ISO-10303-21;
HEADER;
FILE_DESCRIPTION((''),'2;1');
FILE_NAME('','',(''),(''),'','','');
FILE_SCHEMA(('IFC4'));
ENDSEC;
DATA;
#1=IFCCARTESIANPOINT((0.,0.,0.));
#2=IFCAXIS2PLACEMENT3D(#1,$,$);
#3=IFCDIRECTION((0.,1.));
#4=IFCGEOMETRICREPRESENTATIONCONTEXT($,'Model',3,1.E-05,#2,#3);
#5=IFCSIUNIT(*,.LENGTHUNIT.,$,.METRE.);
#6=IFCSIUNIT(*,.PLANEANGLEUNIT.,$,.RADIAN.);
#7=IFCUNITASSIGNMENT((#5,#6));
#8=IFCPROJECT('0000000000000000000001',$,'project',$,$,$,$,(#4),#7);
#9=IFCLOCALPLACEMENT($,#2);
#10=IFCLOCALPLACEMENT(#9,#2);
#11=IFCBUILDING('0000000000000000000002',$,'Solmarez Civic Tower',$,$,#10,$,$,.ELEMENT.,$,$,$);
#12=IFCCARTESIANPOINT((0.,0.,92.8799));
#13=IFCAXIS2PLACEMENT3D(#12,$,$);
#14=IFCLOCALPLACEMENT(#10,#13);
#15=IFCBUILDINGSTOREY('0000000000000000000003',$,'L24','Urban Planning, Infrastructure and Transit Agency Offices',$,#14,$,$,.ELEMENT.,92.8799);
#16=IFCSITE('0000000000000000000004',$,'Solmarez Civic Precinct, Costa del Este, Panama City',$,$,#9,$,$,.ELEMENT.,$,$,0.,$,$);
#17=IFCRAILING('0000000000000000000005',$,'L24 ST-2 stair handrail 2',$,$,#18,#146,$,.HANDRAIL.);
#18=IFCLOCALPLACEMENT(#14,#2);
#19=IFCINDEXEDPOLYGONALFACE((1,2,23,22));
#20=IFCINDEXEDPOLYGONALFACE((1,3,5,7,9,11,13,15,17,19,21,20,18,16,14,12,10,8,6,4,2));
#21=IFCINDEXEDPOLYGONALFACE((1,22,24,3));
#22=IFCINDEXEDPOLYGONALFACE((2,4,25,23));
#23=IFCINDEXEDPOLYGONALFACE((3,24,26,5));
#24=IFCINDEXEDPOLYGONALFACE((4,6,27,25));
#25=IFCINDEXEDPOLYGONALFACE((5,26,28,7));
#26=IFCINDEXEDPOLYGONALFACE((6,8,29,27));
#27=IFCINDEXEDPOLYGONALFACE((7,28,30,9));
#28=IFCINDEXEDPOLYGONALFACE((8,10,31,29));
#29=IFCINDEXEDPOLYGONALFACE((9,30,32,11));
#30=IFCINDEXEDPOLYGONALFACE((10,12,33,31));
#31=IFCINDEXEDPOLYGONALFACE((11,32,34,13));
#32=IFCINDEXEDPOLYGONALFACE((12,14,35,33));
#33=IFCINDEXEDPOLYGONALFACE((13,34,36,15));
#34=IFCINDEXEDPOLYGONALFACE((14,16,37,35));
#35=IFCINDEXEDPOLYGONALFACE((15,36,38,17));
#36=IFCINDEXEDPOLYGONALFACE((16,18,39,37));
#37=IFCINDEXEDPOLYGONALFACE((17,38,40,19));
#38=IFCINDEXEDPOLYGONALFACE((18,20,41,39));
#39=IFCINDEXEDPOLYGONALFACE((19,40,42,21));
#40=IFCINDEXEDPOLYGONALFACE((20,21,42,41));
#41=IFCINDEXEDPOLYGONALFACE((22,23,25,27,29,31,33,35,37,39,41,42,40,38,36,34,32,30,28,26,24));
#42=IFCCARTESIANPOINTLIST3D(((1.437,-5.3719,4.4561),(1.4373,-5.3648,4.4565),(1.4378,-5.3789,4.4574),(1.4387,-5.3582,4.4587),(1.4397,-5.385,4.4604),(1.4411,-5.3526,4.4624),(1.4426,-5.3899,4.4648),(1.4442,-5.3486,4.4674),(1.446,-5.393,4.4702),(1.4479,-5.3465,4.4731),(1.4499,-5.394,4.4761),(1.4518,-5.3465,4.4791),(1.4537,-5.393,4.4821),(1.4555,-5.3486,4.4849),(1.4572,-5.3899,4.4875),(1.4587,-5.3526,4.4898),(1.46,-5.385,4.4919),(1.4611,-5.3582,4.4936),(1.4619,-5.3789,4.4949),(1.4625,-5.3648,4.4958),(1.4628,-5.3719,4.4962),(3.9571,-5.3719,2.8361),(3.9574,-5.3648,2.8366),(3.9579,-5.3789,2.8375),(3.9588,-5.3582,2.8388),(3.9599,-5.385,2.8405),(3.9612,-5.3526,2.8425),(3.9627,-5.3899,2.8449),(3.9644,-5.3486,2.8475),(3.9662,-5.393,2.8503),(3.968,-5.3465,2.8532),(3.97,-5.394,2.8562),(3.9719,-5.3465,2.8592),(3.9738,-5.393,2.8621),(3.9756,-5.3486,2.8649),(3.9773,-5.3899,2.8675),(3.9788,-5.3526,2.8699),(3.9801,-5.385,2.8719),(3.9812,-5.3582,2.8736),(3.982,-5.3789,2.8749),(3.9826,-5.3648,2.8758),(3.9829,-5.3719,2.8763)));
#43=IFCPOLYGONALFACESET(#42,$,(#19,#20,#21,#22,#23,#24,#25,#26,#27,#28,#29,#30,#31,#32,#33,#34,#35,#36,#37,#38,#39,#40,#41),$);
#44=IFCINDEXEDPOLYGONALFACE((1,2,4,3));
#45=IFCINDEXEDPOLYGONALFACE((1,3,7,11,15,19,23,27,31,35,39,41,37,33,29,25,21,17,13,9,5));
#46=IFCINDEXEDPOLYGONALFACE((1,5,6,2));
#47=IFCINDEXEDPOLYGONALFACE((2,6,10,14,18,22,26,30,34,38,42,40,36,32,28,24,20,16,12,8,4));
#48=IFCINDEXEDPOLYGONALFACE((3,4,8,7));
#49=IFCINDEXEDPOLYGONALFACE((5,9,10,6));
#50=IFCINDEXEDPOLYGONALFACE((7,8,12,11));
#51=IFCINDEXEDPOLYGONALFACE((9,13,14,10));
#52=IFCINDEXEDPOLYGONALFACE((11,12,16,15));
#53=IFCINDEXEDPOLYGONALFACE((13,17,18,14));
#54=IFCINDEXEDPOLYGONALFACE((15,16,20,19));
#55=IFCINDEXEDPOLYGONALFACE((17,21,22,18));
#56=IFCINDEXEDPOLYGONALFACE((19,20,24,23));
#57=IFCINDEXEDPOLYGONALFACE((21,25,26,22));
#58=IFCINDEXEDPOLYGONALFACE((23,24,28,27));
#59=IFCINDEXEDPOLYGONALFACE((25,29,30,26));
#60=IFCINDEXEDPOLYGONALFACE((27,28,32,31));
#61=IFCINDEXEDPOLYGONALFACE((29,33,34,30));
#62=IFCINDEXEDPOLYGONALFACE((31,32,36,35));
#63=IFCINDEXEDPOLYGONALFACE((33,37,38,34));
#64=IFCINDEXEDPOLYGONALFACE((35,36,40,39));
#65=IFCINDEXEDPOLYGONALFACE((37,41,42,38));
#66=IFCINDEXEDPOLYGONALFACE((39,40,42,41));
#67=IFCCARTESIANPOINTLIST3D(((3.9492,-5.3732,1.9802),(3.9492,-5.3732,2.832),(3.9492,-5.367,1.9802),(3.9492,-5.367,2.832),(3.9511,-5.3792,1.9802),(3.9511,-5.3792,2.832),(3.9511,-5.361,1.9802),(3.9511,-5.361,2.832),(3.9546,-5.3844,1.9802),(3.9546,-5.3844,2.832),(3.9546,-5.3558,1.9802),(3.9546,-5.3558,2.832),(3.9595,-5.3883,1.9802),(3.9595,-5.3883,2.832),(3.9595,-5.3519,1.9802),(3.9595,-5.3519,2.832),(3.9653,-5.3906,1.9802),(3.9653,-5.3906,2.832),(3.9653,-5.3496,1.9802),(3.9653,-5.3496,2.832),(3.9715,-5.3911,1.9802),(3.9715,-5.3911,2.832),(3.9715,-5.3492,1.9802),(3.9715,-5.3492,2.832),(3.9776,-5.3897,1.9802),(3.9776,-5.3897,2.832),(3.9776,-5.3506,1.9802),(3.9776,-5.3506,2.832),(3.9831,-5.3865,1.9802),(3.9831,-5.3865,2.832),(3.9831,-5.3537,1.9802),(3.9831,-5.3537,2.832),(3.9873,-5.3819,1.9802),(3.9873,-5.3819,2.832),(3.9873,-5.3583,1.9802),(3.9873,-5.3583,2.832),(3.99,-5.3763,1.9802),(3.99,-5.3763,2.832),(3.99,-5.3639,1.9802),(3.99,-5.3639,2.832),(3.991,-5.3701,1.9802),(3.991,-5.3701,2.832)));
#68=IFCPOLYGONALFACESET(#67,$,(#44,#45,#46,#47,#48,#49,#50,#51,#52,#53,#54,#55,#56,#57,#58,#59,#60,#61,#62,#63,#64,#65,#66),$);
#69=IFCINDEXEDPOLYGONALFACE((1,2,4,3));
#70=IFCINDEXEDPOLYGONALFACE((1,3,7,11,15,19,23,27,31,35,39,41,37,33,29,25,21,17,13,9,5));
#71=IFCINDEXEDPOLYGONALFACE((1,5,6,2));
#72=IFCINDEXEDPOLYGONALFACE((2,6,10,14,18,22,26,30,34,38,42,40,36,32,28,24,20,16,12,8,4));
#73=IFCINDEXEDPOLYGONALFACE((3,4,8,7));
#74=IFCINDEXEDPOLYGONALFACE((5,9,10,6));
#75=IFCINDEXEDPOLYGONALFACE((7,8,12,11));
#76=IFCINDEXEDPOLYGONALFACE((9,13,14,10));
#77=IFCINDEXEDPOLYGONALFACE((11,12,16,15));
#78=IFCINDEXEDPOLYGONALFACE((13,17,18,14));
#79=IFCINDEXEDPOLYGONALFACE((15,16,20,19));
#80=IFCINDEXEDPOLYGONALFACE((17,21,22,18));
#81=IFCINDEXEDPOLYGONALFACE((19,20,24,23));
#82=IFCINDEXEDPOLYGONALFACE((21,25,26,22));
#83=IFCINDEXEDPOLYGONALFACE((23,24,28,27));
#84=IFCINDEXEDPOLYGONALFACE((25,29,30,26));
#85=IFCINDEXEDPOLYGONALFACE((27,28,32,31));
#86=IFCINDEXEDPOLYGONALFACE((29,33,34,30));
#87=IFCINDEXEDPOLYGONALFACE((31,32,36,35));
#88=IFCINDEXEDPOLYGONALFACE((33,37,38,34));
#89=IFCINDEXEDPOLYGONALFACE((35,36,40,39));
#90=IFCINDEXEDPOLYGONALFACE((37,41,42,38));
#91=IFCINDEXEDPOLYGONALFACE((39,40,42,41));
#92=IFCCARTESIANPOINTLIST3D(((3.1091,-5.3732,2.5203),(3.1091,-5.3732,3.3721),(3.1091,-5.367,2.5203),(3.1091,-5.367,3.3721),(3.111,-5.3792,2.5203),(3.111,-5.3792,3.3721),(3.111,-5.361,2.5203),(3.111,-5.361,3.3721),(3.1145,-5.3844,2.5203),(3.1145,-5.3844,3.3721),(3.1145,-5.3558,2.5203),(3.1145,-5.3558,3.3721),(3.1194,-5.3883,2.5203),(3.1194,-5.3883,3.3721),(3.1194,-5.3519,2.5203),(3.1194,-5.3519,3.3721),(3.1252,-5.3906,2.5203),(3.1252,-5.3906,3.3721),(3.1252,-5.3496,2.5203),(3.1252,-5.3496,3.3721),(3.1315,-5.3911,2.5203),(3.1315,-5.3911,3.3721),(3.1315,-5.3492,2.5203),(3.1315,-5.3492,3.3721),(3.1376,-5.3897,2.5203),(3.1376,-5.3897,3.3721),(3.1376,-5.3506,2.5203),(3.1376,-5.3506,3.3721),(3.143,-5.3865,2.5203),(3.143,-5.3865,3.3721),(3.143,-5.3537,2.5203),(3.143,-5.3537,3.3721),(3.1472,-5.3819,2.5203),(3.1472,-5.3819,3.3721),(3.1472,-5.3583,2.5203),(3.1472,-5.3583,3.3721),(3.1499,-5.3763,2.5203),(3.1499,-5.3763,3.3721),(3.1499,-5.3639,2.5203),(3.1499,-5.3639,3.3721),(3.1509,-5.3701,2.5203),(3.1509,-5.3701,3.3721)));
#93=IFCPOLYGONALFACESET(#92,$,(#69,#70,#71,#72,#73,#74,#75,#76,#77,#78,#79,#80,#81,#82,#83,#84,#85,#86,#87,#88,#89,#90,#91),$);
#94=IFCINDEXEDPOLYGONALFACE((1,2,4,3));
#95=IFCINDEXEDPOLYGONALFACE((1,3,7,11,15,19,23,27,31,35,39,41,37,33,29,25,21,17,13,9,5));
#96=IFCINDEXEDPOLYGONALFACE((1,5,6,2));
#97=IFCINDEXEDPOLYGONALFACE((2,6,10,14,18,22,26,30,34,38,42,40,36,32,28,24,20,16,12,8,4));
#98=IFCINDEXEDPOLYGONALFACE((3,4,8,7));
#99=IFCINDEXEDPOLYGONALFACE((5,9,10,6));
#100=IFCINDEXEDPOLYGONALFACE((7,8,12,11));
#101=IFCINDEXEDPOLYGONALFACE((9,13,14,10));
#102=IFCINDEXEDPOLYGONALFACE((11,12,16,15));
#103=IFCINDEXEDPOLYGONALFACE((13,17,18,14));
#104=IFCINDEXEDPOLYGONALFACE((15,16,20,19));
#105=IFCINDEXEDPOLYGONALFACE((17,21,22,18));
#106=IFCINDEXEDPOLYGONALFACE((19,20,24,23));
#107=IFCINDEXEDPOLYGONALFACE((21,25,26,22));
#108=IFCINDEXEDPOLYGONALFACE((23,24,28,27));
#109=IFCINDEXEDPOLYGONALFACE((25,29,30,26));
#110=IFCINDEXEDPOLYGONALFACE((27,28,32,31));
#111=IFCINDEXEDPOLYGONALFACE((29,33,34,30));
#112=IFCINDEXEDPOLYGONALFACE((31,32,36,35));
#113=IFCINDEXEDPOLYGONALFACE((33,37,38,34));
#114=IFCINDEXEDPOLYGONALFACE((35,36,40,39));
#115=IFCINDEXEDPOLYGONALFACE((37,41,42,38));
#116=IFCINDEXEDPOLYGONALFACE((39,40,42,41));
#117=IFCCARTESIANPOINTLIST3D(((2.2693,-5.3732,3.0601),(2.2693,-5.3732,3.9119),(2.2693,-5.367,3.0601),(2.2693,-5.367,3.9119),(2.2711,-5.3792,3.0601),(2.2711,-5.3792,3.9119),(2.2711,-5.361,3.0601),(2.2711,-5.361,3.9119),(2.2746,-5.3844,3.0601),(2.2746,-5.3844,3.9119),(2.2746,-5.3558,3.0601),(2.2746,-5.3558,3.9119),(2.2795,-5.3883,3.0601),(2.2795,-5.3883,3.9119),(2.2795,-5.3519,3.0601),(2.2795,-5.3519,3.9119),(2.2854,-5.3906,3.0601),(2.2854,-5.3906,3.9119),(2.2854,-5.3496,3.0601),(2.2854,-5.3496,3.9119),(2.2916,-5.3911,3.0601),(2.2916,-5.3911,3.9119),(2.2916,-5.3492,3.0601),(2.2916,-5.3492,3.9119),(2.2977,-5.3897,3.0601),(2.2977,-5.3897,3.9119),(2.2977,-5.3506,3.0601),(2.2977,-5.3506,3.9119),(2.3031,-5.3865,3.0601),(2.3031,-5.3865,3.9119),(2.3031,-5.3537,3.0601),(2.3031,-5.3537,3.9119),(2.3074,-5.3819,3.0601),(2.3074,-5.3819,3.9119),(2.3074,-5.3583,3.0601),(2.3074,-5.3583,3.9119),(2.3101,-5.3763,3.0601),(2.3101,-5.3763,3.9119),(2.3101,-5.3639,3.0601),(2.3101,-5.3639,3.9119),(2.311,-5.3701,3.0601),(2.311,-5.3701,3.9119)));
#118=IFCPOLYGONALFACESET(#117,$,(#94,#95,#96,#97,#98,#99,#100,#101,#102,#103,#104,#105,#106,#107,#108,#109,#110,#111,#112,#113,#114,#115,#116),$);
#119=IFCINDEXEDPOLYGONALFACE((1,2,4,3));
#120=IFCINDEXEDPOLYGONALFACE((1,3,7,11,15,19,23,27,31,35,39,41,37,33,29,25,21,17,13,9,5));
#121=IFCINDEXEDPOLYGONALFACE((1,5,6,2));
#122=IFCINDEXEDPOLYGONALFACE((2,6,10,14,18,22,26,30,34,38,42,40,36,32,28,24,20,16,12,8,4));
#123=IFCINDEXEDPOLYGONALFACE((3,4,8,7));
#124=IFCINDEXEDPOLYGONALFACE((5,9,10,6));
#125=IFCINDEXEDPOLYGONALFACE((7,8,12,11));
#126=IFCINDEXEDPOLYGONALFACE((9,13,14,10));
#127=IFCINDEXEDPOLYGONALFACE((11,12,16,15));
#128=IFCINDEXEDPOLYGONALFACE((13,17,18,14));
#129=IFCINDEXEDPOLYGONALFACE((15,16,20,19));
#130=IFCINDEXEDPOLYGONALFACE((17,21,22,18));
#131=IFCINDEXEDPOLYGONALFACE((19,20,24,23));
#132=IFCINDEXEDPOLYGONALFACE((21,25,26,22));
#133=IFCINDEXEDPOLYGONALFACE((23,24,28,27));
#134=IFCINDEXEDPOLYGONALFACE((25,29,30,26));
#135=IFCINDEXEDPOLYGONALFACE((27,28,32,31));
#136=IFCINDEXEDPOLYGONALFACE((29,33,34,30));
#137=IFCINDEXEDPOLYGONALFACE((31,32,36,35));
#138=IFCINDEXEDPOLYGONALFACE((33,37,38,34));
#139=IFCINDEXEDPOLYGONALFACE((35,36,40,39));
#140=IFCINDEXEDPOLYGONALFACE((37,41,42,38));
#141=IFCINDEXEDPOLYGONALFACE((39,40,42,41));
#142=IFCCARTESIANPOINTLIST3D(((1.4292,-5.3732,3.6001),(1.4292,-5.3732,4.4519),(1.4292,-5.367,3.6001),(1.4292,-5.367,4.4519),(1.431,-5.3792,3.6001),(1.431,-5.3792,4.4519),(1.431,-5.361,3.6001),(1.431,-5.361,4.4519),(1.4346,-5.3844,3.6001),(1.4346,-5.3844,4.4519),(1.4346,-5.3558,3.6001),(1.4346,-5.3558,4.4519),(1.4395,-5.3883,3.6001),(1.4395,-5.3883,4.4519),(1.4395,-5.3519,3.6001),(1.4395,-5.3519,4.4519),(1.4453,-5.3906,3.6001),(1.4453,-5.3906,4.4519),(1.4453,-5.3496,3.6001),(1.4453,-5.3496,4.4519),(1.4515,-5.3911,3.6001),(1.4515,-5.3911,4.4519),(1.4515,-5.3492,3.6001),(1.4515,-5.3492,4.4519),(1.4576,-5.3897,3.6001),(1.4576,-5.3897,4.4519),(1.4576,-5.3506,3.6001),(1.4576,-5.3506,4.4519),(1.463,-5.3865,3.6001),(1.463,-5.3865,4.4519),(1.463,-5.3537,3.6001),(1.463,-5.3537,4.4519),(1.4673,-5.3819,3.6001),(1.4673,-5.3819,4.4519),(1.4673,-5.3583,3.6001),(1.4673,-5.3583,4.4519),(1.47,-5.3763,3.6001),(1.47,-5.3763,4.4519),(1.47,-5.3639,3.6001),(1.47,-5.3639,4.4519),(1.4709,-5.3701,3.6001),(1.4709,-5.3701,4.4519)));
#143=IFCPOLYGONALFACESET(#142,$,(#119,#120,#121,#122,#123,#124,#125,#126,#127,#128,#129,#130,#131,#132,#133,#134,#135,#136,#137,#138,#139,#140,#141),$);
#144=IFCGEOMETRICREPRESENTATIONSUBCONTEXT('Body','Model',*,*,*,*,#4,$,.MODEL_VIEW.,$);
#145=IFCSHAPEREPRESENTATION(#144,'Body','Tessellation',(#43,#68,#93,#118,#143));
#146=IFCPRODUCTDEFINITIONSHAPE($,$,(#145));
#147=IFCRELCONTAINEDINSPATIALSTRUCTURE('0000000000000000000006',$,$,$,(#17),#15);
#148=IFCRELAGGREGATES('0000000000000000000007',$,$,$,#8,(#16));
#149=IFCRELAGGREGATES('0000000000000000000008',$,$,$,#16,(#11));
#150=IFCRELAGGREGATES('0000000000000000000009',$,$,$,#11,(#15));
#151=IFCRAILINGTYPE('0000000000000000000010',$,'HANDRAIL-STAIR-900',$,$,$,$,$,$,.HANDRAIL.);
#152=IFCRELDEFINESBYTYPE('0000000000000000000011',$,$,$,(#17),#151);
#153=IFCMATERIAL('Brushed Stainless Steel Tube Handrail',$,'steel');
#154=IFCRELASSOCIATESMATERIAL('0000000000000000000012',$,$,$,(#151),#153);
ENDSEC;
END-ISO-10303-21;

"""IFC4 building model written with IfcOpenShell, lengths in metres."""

from ifc_helpers import new_model, si_unit, direction, frame, origin, origin_2d, place, context, subcontext, project, spatial, circle, extrude, material, type_object, element, save


model = new_model("IFC4")

# Units and contexts
model_context = context("Model", 3, precision=1e-05, world=origin(), true_north=direction((0.0, 1.0)))
body_context = subcontext(model_context, "Body", "Model", "MODEL_VIEW")
ifc_project = project(units=[si_unit("LENGTHUNIT", "METRE"), si_unit("PLANEANGLEUNIT", "RADIAN")], contexts=[model_context])

# Site, building, storey
site_placement = place(None, origin())
site = spatial("IfcSite", under=ifc_project, at=site_placement, Name="Solmarez Civic Precinct, Costa del Este, Panama City", CompositionType="ELEMENT", RefElevation=0.0)
building_placement = place(site_placement, origin())
building = spatial("IfcBuilding", under=site, at=building_placement, Name="Solmarez Civic Tower", CompositionType="ELEMENT")
storey_placement = place(building_placement, frame((0.0, 0.0, 92.8799)))
storey = spatial("IfcBuildingStorey", under=building, at=storey_placement, Name="L24", Description="Urban Planning, Infrastructure and Transit Agency Offices", CompositionType="ELEMENT", Elevation=92.8799)

# Railing
ifc_material_1 = material(Name="Brushed Stainless Steel Tube Handrail", Category="steel")
railing_type_1 = type_object("IfcRailingType", Name="HANDRAIL-STAIR-900", PredefinedType="HANDRAIL", material=ifc_material_1)
railing_1_placement = place(storey_placement, frame((3.97, -5.3701, 1.9802)))
element("IfcRailing", 1, at=railing_1_placement, inside=storey, type_object=railing_type_1, Name="L24 ST-2 stair handrail 2", PredefinedType="HANDRAIL", context=body_context, shape_type="SweptSolid", body=[
    extrude(circle(Radius=0.0239, at=origin_2d()), frame((0.0, 0.0, 0.876), z_axis=(-0.8412, 0.0, 0.540725), x_axis=(0.0, -1.0, 0.0)), (0.0, 0.0, 1.0), 2.9958),
    extrude(circle(Radius=0.021, at=origin_2d()), origin(), (0.0, 0.0, 1.0), 0.8518),
    extrude(circle(Radius=0.021, at=origin_2d()), frame((-0.8401, 0.0, 0.54)), (0.0, 0.0, 1.0), 0.8518),
    extrude(circle(Radius=0.021, at=origin_2d()), frame((-1.6799, 0.0, 1.0798)), (0.0, 0.0, 1.0), 0.8518),
    extrude(circle(Radius=0.021, at=origin_2d()), frame((-2.52, 0.0, 1.6199)), (0.0, 0.0, 1.0), 0.8518),
])

save(model, "model.ifc")
